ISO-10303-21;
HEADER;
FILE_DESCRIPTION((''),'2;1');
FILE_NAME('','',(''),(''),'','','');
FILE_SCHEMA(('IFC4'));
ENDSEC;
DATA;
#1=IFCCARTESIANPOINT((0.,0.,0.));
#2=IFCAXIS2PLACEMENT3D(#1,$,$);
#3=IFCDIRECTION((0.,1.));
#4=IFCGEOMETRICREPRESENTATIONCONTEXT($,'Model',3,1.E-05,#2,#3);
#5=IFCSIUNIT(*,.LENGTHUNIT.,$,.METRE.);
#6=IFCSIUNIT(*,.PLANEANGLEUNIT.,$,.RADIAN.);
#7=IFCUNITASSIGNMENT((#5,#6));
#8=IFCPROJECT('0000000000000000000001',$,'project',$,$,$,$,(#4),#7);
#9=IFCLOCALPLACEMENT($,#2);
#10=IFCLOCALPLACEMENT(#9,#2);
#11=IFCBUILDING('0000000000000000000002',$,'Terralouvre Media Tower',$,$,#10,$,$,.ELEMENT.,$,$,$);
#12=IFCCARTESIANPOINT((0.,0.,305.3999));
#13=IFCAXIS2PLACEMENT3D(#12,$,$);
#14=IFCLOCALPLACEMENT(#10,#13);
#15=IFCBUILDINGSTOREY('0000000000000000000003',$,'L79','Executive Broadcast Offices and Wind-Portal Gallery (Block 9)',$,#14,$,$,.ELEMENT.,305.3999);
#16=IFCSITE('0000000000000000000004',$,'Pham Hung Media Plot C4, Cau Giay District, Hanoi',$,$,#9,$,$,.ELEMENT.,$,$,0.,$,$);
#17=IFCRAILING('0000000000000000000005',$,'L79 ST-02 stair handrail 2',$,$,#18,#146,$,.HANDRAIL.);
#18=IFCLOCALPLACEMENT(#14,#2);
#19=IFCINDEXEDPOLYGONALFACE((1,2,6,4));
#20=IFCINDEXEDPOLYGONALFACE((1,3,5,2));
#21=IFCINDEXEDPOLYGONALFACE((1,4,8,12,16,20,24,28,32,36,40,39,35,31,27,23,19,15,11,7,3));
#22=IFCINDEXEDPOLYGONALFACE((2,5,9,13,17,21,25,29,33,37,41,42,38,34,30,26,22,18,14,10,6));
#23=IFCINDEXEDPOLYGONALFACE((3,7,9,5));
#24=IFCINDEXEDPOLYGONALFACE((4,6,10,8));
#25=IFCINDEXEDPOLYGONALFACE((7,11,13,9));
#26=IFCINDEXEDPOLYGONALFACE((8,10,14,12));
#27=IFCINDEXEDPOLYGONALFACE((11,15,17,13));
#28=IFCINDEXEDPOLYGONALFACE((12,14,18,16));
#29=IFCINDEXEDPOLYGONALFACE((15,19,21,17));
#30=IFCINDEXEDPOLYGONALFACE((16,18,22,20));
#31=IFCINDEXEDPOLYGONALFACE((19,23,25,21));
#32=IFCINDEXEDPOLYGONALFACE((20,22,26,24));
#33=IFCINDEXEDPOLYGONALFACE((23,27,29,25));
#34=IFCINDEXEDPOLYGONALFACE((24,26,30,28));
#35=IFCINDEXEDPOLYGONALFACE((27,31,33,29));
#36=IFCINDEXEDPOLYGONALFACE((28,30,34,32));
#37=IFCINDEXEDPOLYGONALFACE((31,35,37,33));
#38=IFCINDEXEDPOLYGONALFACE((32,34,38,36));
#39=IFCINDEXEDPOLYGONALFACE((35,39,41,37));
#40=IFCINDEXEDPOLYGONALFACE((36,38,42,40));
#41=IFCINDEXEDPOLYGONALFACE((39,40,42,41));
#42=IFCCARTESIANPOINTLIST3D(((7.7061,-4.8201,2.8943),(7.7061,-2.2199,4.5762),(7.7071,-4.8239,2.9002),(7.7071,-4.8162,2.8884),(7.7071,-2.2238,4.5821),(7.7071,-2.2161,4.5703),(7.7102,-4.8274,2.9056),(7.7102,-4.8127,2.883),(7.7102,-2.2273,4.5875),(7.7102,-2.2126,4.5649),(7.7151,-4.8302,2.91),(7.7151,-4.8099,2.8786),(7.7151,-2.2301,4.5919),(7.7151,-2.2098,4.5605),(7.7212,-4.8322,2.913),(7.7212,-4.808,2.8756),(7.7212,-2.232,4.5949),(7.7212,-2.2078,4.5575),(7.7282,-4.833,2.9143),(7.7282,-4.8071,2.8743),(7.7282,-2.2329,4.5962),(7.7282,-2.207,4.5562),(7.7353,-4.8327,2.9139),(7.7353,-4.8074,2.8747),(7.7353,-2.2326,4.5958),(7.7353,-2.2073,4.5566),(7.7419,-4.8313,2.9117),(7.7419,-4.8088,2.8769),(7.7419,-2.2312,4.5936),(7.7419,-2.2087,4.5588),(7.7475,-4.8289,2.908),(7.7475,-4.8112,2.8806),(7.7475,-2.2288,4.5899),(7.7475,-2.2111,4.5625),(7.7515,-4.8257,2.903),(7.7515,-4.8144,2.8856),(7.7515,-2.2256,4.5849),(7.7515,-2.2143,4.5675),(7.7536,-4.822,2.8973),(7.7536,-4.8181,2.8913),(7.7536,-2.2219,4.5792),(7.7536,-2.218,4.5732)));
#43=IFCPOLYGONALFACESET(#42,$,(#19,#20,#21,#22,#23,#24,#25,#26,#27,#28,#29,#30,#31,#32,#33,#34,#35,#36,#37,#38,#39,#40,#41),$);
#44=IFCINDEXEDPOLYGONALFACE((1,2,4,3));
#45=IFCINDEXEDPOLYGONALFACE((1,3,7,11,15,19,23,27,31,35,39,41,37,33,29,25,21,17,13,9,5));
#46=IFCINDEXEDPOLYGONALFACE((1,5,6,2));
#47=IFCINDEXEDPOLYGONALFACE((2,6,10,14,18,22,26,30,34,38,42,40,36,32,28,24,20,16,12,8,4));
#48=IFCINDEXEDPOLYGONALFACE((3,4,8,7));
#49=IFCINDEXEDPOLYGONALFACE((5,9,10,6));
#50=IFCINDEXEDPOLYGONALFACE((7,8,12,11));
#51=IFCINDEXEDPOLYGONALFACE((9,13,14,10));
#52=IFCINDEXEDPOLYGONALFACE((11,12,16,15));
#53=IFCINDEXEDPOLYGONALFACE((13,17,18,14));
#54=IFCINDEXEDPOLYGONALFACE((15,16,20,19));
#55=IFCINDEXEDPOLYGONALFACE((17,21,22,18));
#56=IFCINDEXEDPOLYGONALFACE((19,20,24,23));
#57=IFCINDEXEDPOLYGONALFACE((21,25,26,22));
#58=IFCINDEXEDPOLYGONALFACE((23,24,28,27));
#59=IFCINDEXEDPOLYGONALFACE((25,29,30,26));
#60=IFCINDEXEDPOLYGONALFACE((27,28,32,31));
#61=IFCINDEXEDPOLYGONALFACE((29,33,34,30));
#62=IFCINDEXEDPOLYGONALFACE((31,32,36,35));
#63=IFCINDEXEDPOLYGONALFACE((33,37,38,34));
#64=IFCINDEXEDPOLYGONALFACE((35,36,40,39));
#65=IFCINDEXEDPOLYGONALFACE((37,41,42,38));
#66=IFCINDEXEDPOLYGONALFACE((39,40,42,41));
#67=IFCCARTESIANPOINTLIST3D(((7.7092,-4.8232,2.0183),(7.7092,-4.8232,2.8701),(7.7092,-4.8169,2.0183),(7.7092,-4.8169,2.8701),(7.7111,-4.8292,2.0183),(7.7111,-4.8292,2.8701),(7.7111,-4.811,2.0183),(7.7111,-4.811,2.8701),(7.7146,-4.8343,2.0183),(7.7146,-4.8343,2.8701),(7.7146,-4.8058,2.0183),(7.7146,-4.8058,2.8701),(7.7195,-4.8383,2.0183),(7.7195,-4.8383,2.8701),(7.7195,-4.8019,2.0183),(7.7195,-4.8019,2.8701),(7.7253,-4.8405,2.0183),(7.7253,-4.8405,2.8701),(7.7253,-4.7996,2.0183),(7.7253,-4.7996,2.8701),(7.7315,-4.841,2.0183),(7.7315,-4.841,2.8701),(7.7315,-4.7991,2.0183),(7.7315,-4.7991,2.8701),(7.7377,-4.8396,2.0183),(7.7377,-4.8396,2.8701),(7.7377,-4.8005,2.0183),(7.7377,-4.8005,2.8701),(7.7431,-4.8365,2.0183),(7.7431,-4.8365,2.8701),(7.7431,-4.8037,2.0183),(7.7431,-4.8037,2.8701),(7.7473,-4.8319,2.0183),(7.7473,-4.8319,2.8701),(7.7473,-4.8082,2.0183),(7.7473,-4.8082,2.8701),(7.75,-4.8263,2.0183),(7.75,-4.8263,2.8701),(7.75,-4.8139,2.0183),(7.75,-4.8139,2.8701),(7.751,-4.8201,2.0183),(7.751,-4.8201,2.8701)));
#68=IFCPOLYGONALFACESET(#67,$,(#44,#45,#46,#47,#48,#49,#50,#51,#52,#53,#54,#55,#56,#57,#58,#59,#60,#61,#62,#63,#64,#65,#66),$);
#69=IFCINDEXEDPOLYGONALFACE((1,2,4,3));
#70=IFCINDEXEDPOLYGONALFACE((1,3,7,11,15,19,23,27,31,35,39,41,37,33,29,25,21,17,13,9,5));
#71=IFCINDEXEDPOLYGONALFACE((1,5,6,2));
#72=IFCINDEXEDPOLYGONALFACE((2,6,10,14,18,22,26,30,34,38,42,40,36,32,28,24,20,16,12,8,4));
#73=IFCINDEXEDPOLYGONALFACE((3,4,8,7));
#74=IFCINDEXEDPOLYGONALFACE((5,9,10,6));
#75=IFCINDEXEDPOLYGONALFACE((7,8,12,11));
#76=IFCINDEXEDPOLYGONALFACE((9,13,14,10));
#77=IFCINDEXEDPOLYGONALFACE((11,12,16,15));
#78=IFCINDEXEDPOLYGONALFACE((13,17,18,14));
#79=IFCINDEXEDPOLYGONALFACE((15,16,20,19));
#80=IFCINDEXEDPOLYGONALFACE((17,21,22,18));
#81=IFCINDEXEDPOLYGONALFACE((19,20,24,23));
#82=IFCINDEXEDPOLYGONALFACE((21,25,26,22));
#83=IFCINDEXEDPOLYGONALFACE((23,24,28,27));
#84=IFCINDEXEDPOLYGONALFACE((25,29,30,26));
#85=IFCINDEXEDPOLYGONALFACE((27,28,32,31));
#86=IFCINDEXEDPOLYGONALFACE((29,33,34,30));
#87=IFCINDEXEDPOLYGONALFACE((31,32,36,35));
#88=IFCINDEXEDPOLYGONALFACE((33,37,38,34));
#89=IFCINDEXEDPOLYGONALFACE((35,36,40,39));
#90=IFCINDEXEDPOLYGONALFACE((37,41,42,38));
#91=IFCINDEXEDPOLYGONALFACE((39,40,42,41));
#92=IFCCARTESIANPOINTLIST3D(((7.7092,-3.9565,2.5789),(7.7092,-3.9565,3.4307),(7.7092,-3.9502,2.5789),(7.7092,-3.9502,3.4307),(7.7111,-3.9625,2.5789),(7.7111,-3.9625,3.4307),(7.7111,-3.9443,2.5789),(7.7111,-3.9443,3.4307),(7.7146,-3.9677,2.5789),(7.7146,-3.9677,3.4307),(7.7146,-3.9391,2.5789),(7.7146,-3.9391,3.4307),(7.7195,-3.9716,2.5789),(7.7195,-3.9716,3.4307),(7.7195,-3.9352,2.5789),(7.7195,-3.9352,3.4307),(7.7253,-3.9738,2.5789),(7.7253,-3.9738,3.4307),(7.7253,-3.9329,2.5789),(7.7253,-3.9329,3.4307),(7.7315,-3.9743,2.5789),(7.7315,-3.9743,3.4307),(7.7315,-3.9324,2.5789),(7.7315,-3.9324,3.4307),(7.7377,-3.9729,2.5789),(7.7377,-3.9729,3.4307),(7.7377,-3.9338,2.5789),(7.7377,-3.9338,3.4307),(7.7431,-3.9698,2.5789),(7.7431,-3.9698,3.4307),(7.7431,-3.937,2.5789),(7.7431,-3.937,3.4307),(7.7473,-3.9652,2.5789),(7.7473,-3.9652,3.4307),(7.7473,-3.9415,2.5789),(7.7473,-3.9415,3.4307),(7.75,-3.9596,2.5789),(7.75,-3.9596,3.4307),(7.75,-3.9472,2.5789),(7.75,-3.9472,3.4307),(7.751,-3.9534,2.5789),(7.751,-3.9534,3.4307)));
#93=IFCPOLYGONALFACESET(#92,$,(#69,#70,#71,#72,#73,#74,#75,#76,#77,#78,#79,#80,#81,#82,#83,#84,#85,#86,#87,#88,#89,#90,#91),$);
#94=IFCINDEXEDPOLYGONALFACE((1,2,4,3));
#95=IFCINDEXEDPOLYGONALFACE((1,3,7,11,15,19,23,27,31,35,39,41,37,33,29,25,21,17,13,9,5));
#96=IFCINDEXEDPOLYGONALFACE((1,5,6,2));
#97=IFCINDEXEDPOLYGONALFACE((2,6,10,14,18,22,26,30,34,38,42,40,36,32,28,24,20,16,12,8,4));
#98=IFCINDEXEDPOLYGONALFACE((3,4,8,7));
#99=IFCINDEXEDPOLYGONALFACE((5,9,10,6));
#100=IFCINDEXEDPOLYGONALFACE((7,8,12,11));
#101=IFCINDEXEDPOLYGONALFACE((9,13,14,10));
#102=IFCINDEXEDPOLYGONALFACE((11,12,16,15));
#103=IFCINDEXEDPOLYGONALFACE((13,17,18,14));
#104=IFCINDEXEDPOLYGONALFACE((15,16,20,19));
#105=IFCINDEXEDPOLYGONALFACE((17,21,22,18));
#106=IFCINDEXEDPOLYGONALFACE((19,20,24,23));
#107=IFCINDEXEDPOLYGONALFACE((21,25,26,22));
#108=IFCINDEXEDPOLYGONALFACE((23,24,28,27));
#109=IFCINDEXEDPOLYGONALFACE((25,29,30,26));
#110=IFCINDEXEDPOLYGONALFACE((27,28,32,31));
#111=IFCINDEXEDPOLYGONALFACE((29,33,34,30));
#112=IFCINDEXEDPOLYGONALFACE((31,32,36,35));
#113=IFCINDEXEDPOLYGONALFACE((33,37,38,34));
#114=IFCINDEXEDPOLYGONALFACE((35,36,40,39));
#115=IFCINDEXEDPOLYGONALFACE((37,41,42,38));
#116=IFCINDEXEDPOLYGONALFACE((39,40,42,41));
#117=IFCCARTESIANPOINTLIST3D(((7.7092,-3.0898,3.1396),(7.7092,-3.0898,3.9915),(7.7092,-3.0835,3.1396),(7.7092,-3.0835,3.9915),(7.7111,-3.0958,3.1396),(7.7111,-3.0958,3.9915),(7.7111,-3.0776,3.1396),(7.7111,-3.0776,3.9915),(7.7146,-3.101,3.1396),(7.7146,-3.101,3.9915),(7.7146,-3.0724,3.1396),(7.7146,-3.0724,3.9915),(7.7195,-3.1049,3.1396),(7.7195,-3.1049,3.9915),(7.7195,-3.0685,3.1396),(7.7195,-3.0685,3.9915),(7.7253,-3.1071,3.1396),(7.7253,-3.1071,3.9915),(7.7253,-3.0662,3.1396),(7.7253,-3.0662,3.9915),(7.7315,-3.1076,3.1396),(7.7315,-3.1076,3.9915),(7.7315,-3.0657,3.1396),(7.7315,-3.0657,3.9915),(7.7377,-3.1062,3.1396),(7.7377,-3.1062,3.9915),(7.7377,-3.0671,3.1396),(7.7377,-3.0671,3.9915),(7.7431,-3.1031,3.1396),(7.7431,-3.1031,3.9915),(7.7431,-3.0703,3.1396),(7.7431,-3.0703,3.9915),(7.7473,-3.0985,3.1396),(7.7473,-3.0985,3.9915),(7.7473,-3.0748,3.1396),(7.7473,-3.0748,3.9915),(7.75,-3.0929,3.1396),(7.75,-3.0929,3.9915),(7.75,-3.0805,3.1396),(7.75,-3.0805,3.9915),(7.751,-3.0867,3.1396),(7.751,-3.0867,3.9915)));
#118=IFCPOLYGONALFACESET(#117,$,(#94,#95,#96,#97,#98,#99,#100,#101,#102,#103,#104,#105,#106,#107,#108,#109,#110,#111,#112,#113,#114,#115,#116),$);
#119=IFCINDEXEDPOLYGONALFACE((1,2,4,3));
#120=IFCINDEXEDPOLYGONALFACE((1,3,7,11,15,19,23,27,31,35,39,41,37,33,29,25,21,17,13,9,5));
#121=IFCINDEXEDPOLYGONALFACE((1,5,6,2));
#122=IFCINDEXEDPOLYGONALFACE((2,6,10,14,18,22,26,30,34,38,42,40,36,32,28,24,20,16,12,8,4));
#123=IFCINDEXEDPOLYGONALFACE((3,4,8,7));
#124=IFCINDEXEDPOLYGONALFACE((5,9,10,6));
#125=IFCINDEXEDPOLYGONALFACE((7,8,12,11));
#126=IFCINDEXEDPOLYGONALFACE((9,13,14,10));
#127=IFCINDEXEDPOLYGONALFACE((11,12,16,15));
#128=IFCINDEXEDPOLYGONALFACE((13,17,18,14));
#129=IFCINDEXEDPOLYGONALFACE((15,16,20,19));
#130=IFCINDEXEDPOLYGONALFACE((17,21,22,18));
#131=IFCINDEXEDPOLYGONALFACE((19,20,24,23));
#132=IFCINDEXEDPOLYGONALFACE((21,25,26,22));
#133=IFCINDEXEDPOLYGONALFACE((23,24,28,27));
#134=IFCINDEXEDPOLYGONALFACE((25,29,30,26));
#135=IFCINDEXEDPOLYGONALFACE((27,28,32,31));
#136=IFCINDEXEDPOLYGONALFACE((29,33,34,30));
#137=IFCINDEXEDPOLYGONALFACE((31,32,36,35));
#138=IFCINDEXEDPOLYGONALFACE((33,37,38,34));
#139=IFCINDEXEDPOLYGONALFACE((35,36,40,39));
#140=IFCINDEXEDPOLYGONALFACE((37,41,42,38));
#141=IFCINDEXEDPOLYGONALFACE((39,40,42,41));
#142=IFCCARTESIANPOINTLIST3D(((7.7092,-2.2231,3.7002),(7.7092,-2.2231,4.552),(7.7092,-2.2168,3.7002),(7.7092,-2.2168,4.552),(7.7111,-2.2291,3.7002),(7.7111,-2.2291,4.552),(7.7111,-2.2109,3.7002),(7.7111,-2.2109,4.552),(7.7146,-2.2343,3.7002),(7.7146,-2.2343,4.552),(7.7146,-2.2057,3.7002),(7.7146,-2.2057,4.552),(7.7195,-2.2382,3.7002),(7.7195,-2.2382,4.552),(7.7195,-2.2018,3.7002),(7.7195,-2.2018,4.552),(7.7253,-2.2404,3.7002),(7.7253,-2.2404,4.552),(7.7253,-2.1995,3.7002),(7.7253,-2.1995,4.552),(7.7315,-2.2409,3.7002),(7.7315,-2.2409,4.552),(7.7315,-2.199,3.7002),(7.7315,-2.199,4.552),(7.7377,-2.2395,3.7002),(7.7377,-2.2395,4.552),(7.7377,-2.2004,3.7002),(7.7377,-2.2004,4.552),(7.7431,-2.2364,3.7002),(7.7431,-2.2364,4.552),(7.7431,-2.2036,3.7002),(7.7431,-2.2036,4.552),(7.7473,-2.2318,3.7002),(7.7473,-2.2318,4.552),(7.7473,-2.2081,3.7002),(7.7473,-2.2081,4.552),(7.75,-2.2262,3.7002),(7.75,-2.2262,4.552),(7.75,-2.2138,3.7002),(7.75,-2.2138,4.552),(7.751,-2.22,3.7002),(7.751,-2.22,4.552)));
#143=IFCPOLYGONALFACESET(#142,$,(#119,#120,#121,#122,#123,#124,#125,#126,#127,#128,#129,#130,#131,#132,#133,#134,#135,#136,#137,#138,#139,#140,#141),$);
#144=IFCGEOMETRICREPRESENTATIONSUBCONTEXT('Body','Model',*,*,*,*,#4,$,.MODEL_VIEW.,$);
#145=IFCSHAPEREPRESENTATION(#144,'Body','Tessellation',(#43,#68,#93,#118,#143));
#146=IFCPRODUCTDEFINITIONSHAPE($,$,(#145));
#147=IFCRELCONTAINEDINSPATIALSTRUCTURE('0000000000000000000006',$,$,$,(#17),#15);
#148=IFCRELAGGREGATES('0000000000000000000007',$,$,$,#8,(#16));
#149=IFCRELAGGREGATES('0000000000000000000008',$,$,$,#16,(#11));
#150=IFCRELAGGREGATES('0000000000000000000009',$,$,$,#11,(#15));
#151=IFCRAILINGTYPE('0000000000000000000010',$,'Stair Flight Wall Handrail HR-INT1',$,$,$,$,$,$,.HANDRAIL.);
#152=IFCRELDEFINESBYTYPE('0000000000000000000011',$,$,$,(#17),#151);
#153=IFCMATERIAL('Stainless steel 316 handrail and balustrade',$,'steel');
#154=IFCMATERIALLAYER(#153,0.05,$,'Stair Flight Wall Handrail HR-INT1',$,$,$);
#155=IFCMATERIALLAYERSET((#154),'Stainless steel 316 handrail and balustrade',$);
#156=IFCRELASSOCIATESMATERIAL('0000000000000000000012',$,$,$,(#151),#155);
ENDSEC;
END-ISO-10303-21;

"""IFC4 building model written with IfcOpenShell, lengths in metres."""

from ifc_helpers import new_model, si_unit, direction, frame, origin, origin_2d, place, context, subcontext, project, spatial, circle, extrude, material, layer, layer_set, type_object, element, save


model = new_model("IFC4")

# Units and contexts
model_context = context("Model", 3, precision=1e-05, world=origin(), true_north=direction((0.0, 1.0)))
body_context = subcontext(model_context, "Body", "Model", "MODEL_VIEW")
ifc_project = project(units=[si_unit("LENGTHUNIT", "METRE"), si_unit("PLANEANGLEUNIT", "RADIAN")], contexts=[model_context])

# Site, building, storey
site_placement = place(None, origin())
site = spatial("IfcSite", under=ifc_project, at=site_placement, Name="Pham Hung Media Plot C4, Cau Giay District, Hanoi", CompositionType="ELEMENT", RefElevation=0.0)
building_placement = place(site_placement, origin())
building = spatial("IfcBuilding", under=site, at=building_placement, Name="Terralouvre Media Tower", CompositionType="ELEMENT")
storey_placement = place(building_placement, frame((0.0, 0.0, 305.3999)))
storey = spatial("IfcBuildingStorey", under=building, at=storey_placement, Name="L79", Description="Executive Broadcast Offices and Wind-Portal Gallery (Block 9)", CompositionType="ELEMENT", Elevation=305.3999)

# Railing
ifc_material_1 = material(Name="Stainless steel 316 handrail and balustrade", Category="steel")
ifc_layer_1 = layer(ifc_material_1, 0.05, Name="Stair Flight Wall Handrail HR-INT1")
ifc_layer_set_1 = layer_set([ifc_layer_1], Name="Stainless steel 316 handrail and balustrade")
railing_type_1 = type_object("IfcRailingType", Name="Stair Flight Wall Handrail HR-INT1", PredefinedType="HANDRAIL", material=ifc_layer_set_1)
railing_1_placement = place(storey_placement, frame((7.73, -4.8201, 2.0183)))
element("IfcRailing", 1, at=railing_1_placement, inside=storey, type_object=railing_type_1, Name="L79 ST-02 stair handrail 2", PredefinedType="HANDRAIL", context=body_context, shape_type="SweptSolid", body=[
    extrude(circle(Radius=0.0239, at=origin_2d()), frame((0.0, 0.0, 0.876), z_axis=(0.0, 0.839648, 0.54313), x_axis=(-1.0, 0.0, 0.0)), (0.0, 0.0, 1.0), 3.0967),
    extrude(circle(Radius=0.021, at=origin_2d()), origin(), (0.0, 0.0, 1.0), 0.8518),
    extrude(circle(Radius=0.021, at=origin_2d()), frame((0.0, 0.8667, 0.5605)), (0.0, 0.0, 1.0), 0.8518),
    extrude(circle(Radius=0.021, at=origin_2d()), frame((0.0, 1.7334, 1.1213)), (0.0, 0.0, 1.0), 0.8518),
    extrude(circle(Radius=0.021, at=origin_2d()), frame((0.0, 2.6001, 1.6819)), (0.0, 0.0, 1.0), 0.8518),
])

save(model, "model.ifc")
